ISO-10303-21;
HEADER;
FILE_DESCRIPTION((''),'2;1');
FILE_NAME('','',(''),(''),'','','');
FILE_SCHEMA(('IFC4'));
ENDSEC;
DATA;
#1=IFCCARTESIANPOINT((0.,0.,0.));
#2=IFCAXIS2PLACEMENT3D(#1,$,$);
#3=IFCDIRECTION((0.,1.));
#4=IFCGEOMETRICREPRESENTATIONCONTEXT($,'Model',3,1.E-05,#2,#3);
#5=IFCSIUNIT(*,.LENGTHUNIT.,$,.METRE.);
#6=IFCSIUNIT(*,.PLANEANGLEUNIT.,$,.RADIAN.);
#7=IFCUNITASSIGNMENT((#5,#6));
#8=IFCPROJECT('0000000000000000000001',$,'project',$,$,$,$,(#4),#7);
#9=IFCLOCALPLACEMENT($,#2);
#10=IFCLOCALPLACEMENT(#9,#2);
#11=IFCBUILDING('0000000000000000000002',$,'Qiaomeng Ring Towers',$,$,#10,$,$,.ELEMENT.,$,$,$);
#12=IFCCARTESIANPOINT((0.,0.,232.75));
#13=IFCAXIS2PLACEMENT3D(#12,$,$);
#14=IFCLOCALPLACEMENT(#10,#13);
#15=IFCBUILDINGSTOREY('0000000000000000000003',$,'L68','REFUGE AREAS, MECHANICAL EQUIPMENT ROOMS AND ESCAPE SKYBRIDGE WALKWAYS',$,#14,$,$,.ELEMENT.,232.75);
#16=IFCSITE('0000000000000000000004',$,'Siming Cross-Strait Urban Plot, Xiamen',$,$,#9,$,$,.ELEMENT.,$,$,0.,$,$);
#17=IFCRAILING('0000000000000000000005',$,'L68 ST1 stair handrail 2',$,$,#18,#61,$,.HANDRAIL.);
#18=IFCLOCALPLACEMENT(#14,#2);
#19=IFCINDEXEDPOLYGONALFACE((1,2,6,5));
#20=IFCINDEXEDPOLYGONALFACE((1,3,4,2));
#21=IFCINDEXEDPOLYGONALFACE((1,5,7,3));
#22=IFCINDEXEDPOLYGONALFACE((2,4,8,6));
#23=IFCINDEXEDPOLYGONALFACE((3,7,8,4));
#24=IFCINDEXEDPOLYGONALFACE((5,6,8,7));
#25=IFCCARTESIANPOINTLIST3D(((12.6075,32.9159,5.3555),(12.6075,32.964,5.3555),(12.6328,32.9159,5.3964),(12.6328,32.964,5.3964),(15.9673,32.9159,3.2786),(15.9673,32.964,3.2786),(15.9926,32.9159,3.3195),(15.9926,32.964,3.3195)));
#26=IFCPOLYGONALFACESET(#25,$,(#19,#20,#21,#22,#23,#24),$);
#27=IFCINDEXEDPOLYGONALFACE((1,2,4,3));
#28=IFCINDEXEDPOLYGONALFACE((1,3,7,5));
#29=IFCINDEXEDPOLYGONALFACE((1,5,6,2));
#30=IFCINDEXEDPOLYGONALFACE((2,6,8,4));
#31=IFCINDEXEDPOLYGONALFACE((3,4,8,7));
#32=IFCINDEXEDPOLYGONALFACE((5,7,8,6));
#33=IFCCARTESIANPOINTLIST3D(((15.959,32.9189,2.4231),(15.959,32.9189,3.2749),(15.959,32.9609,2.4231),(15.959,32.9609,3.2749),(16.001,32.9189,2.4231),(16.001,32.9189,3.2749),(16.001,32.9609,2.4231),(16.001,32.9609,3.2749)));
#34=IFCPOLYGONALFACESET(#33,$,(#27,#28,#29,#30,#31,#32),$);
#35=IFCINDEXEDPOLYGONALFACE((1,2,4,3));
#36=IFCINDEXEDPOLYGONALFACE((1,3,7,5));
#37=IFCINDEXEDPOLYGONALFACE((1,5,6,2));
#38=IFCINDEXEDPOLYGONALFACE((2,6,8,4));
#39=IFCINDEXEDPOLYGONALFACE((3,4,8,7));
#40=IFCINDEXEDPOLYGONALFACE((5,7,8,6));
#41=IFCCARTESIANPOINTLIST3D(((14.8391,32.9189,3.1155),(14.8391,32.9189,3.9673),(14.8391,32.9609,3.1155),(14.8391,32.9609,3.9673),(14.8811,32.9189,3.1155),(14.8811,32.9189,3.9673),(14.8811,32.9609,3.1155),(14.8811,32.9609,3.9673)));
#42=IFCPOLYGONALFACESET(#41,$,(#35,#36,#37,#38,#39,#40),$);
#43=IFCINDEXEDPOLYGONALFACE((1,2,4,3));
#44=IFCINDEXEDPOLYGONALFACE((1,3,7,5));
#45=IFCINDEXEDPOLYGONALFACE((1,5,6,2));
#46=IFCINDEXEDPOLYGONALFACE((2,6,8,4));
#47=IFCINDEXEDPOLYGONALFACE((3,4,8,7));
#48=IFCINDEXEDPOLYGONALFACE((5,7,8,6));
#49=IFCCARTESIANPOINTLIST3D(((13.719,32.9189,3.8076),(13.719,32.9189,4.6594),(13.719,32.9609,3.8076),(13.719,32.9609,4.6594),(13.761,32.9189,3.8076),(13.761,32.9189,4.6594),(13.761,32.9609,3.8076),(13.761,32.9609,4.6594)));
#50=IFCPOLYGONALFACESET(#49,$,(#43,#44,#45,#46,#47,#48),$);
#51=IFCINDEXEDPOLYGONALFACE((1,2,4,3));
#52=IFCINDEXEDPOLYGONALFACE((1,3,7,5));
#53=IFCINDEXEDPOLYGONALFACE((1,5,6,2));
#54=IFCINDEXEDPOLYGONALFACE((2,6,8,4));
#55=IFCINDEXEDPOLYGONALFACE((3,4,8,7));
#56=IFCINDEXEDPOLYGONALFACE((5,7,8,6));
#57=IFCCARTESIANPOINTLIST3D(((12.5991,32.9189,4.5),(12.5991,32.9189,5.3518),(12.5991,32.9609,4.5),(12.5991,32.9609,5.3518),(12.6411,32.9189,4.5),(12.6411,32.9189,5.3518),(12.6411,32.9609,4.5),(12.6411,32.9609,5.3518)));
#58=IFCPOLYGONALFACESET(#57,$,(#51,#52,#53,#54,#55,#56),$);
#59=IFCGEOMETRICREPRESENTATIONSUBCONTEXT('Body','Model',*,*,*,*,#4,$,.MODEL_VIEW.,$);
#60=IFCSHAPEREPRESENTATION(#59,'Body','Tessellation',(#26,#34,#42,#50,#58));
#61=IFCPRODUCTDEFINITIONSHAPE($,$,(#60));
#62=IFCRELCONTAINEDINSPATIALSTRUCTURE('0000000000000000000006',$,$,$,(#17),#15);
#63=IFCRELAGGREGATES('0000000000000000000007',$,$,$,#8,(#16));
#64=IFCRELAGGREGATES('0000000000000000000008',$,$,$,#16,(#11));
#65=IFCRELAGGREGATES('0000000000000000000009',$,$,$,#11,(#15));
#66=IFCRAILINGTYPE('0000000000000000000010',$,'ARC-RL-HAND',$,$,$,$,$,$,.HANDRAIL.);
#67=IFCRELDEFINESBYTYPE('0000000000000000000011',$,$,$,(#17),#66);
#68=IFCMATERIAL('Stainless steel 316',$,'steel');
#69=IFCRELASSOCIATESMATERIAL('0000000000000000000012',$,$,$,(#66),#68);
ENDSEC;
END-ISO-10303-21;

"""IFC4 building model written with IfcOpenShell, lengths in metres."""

from ifc_helpers import new_model, si_unit, direction, frame, origin, origin_2d, place, context, subcontext, project, spatial, rectangle, extrude, material, type_object, element, save


model = new_model("IFC4")

# Units and contexts
model_context = context("Model", 3, precision=1e-05, world=origin(), true_north=direction((0.0, 1.0)))
body_context = subcontext(model_context, "Body", "Model", "MODEL_VIEW")
ifc_project = project(units=[si_unit("LENGTHUNIT", "METRE"), si_unit("PLANEANGLEUNIT", "RADIAN")], contexts=[model_context])

# Site, building, storey
site_placement = place(None, origin())
site = spatial("IfcSite", under=ifc_project, at=site_placement, Name="Siming Cross-Strait Urban Plot, Xiamen", CompositionType="ELEMENT", RefElevation=0.0)
building_placement = place(site_placement, origin())
building = spatial("IfcBuilding", under=site, at=building_placement, Name="Qiaomeng Ring Towers", CompositionType="ELEMENT")
storey_placement = place(building_placement, frame((0.0, 0.0, 232.75)))
storey = spatial("IfcBuildingStorey", under=building, at=storey_placement, Name="L68", Description="REFUGE AREAS, MECHANICAL EQUIPMENT ROOMS AND ESCAPE SKYBRIDGE WALKWAYS", CompositionType="ELEMENT", Elevation=232.75)

# Shared definitions
ifc_material_1 = material(Name="Stainless steel 316", Category="steel")

# Railing
railing_type_1 = type_object("IfcRailingType", Name="ARC-RL-HAND", PredefinedType="HANDRAIL", material=ifc_material_1)
railing_1_placement = place(storey_placement, frame((15.98, 32.9399, 2.4231)))
element("IfcRailing", 1, at=railing_1_placement, inside=storey, type_object=railing_type_1, Name="L68 ST1 stair handrail 2", PredefinedType="HANDRAIL", context=body_context, shape_type="SweptSolid", body=[
    extrude(rectangle(XDim=0.0481, YDim=0.0481, at=origin_2d()), frame((0.0, 0.0, 0.876), z_axis=(-0.850606, 0.0, 0.525803), x_axis=(0.0, -1.0, 0.0)), (0.0, 0.0, 1.0), 3.95),
    extrude(rectangle(XDim=0.042, YDim=0.042, at=origin_2d()), origin(), (0.0, 0.0, 1.0), 0.8518),
    extrude(rectangle(XDim=0.042, YDim=0.042, at=origin_2d()), frame((-1.1199, 0.0, 0.6924)), (0.0, 0.0, 1.0), 0.8518),
    extrude(rectangle(XDim=0.042, YDim=0.042, at=origin_2d()), frame((-2.24, 0.0, 1.3845)), (0.0, 0.0, 1.0), 0.8518),
    extrude(rectangle(XDim=0.042, YDim=0.042, at=origin_2d()), frame((-3.3599, 0.0, 2.0769)), (0.0, 0.0, 1.0), 0.8518),
])

save(model, "model.ifc")
